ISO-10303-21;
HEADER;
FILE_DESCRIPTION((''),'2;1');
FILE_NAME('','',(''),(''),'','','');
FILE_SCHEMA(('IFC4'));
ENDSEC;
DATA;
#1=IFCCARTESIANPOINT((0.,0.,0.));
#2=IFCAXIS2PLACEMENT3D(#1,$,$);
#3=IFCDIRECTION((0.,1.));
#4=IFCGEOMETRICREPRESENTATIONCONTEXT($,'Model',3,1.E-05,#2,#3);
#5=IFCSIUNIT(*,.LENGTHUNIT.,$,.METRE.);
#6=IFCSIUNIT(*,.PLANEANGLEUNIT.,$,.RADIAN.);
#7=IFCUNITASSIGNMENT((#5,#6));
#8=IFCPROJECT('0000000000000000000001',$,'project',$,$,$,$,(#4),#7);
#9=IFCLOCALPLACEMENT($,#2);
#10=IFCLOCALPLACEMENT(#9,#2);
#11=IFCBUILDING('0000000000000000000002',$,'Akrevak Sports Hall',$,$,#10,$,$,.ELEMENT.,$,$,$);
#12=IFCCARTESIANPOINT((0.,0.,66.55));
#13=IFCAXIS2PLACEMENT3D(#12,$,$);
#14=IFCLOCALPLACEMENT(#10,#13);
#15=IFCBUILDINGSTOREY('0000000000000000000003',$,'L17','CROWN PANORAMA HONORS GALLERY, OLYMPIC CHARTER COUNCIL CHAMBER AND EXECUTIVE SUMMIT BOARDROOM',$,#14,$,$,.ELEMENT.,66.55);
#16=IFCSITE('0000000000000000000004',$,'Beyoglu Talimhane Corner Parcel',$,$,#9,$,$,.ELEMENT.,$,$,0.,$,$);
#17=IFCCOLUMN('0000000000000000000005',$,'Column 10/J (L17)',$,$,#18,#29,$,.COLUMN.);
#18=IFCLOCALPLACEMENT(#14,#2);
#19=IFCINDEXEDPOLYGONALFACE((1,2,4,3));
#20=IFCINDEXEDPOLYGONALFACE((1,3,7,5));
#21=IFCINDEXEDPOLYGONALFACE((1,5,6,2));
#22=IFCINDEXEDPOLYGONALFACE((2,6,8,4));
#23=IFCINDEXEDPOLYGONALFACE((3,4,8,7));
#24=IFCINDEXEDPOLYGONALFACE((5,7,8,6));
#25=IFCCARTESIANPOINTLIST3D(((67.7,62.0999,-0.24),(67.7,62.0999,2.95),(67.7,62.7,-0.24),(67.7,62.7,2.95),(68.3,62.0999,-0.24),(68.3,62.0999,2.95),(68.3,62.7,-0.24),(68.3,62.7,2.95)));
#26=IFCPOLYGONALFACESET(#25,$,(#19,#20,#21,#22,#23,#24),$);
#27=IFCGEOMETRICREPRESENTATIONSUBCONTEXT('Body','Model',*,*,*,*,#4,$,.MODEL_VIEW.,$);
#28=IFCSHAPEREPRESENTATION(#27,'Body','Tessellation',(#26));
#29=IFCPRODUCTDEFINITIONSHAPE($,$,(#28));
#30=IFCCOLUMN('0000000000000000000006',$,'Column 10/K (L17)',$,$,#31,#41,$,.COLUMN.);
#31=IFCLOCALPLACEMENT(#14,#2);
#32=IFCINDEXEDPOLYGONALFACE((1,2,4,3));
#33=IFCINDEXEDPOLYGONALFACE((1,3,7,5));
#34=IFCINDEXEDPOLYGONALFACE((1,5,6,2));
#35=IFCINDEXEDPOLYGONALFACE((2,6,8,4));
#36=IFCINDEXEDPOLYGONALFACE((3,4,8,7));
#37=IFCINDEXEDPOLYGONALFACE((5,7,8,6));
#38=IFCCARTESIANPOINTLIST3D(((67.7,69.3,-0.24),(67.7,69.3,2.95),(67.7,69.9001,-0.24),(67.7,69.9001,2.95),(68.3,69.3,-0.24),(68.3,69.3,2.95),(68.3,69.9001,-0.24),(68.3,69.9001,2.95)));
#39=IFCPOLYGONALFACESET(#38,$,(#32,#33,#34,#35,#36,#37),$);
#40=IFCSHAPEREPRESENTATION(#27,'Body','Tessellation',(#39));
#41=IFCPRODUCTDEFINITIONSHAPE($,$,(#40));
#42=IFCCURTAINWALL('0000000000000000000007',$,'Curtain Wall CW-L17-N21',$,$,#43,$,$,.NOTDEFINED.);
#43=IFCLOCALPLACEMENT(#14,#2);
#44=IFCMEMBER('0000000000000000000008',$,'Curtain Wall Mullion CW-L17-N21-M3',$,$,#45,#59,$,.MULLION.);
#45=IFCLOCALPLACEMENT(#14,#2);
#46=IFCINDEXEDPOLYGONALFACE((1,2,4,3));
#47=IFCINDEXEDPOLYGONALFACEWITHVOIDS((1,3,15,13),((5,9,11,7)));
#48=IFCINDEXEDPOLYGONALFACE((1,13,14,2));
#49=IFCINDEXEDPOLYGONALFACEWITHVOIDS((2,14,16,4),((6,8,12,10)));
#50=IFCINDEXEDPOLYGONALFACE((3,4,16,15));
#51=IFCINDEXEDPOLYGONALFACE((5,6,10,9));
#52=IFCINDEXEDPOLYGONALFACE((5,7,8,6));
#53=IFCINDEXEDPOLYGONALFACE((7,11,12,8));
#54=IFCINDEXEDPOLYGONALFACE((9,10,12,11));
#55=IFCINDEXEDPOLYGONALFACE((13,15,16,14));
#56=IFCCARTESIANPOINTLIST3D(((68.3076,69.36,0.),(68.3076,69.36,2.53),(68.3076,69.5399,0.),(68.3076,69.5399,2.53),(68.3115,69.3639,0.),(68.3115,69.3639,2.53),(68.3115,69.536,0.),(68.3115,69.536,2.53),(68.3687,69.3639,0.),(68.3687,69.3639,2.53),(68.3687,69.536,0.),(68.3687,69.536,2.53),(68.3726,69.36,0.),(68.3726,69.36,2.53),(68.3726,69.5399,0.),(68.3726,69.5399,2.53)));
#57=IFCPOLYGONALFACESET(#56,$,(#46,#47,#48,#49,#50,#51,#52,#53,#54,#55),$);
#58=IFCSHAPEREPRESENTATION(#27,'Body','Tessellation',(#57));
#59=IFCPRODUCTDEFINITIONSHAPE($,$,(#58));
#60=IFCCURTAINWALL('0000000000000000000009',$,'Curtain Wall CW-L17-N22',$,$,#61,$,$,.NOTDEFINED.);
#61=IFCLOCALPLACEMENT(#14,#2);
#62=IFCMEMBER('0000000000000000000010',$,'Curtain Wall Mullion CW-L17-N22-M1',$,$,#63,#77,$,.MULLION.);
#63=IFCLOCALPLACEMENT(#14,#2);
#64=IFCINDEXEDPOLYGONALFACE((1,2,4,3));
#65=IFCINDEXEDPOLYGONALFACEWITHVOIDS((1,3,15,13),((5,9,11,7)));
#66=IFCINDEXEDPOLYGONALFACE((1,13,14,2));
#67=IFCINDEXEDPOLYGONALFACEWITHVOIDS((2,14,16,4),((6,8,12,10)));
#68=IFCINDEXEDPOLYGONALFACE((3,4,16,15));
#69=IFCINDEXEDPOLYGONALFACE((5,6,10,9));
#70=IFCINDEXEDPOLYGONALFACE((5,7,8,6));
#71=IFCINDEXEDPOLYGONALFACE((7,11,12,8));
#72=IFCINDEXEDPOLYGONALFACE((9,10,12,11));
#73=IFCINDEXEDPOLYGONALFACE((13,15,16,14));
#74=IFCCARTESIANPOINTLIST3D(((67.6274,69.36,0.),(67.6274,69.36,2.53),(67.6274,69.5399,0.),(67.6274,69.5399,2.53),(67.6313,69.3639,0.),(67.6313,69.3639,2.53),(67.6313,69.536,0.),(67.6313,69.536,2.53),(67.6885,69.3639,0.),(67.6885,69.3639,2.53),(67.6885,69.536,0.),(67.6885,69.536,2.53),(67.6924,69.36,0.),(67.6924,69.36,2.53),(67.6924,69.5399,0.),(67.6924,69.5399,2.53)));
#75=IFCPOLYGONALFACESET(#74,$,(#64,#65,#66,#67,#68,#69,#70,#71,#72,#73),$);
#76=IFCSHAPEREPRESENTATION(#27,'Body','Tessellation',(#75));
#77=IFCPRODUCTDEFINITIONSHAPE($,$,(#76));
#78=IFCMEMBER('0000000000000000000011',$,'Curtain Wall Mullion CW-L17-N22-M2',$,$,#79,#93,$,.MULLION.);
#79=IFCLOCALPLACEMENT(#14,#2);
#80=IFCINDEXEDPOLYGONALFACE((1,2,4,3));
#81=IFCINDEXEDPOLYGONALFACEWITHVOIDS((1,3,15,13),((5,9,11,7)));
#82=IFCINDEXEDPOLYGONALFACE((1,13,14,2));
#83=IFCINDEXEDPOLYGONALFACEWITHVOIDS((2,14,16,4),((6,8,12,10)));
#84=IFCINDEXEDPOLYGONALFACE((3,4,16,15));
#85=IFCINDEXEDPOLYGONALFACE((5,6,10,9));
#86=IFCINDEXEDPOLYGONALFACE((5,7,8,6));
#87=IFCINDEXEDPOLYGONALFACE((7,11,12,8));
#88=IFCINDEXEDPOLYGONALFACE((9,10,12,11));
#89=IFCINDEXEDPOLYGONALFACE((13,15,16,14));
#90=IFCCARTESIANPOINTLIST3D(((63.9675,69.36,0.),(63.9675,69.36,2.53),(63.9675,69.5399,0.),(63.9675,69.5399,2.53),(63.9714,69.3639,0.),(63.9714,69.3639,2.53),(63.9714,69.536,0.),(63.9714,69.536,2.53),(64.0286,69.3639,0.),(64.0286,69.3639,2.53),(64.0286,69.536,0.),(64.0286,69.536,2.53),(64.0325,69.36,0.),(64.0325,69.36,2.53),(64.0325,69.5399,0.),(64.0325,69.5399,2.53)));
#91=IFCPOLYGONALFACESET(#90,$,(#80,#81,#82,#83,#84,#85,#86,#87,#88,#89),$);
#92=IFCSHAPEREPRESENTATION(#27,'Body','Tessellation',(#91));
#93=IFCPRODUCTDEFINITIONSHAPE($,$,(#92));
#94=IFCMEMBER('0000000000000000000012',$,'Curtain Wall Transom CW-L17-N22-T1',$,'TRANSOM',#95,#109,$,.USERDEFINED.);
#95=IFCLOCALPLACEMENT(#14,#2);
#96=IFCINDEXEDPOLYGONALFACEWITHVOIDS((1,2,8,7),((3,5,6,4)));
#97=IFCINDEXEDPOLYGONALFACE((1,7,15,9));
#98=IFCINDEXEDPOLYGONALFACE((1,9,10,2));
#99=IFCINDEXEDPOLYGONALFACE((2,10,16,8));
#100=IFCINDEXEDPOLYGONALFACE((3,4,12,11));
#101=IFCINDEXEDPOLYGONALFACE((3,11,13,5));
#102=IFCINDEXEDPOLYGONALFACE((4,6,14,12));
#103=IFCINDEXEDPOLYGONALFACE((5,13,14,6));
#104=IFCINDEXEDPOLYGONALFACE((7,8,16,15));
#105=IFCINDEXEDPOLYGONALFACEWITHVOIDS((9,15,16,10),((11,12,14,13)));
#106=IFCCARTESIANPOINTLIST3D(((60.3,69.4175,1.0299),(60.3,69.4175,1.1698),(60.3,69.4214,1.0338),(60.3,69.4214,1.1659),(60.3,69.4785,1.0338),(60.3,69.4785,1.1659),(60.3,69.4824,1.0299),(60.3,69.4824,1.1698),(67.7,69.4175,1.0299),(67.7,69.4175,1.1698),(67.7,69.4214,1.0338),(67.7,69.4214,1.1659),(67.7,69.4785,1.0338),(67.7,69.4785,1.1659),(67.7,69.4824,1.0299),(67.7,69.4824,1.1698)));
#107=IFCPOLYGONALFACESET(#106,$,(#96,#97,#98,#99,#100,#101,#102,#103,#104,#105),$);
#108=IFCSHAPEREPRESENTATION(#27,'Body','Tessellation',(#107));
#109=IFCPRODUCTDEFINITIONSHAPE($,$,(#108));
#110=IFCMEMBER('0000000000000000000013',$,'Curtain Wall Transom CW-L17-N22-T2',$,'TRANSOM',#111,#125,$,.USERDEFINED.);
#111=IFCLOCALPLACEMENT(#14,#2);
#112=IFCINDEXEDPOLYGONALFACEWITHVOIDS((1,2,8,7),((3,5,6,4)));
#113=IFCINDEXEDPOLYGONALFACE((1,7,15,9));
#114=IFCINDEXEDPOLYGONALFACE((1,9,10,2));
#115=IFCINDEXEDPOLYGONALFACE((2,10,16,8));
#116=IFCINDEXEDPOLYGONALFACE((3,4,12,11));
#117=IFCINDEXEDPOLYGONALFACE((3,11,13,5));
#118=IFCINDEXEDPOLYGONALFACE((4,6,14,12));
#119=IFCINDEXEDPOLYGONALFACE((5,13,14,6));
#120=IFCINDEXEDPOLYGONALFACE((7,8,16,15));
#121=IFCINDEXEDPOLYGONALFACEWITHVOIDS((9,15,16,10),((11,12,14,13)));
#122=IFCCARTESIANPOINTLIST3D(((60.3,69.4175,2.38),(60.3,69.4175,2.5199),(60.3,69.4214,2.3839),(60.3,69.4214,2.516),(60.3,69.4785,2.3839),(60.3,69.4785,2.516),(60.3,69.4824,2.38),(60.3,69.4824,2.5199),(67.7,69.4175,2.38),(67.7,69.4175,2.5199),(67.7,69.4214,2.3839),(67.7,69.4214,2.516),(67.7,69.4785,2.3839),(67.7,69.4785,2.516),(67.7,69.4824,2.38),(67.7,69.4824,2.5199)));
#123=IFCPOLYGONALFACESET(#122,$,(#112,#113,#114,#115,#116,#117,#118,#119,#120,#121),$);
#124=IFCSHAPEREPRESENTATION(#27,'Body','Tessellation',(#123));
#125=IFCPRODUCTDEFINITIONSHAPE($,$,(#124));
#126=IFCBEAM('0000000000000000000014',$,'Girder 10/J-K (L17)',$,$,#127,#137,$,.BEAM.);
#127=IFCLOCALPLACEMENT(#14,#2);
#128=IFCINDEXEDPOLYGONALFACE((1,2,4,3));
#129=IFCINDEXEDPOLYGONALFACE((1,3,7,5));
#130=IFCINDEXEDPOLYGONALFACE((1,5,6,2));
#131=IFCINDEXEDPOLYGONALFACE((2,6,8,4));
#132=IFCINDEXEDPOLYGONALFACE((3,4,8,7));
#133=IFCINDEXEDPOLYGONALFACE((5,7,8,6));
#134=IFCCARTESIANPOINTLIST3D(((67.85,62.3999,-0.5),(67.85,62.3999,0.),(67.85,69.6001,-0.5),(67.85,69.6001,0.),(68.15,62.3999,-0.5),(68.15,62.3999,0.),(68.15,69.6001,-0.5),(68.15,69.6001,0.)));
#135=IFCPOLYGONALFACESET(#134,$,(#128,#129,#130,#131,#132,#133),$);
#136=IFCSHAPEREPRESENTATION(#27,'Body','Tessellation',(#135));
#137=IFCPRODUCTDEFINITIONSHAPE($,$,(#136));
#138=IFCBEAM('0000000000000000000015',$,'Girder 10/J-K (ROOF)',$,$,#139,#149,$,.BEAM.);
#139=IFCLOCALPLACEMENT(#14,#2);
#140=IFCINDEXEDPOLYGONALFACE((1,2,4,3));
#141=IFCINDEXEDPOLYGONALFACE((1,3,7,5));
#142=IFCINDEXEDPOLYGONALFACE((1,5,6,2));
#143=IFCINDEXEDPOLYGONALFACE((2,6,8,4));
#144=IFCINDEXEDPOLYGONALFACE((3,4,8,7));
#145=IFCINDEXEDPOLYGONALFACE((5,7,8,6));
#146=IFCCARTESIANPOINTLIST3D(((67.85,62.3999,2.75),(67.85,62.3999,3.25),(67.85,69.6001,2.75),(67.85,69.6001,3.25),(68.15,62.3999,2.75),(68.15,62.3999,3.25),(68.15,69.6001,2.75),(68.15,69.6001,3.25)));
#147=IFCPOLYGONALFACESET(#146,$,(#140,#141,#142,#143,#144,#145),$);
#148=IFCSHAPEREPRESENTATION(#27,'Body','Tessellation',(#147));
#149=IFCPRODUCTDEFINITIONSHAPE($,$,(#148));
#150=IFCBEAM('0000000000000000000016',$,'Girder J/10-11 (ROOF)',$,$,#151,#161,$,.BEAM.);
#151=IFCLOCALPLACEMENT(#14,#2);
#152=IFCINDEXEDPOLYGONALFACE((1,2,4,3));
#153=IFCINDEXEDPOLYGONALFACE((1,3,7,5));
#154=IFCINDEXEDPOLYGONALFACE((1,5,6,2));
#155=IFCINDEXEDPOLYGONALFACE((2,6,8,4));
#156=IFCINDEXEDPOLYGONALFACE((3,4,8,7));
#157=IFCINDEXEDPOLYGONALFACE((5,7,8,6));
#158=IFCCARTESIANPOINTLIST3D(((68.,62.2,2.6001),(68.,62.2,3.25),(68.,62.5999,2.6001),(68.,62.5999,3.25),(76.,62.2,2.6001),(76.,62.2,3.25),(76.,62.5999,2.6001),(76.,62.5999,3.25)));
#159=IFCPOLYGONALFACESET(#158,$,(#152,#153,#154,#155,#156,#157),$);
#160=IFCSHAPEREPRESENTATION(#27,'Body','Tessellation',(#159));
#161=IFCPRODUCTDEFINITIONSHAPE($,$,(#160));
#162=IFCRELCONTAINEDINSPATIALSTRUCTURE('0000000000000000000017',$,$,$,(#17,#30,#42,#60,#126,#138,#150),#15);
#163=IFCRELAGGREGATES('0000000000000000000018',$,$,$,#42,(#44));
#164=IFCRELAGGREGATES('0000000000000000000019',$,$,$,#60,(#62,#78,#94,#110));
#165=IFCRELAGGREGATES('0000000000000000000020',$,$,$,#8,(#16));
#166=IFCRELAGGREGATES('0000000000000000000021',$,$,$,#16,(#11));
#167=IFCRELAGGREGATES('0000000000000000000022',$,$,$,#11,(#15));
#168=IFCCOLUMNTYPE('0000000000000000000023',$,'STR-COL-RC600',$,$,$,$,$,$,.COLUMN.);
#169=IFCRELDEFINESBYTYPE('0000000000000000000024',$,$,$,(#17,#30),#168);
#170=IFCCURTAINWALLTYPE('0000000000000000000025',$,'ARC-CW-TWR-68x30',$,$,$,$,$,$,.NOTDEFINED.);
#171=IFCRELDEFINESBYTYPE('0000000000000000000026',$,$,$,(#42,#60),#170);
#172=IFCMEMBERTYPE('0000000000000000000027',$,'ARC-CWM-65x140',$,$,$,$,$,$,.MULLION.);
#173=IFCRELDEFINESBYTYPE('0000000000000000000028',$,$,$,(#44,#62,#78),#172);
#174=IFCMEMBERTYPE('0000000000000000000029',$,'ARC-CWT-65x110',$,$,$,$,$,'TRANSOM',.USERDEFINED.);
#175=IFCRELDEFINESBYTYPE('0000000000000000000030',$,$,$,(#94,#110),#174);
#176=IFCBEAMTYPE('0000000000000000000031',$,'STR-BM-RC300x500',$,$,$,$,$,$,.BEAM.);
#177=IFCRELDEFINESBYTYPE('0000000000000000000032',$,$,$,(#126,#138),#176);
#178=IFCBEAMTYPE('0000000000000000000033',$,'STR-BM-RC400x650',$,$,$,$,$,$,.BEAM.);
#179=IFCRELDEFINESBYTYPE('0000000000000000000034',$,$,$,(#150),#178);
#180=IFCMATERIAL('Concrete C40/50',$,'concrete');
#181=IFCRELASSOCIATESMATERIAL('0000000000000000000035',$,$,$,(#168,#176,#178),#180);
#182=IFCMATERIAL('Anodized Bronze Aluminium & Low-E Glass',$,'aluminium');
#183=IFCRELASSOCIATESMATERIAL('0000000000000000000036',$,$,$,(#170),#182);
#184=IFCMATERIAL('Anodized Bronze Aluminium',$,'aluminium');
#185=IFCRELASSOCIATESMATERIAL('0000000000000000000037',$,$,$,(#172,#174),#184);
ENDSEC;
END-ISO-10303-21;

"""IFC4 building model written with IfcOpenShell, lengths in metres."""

from ifc_helpers import new_model, si_unit, direction, frame, origin, origin_2d, place, context, subcontext, project, spatial, rectangle, hollow_rectangle, extrude, material, material_profile, profile_set, type_object, element, aggregate, save


model = new_model("IFC4")

# Units and contexts
model_context = context("Model", 3, precision=1e-05, world=origin(), true_north=direction((0.0, 1.0)))
body_context = subcontext(model_context, "Body", "Model", "MODEL_VIEW")
ifc_project = project(units=[si_unit("LENGTHUNIT", "METRE"), si_unit("PLANEANGLEUNIT", "RADIAN")], contexts=[model_context])

# Site, building, storey
site_placement = place(None, origin())
site = spatial("IfcSite", under=ifc_project, at=site_placement, Name="Beyoglu Talimhane Corner Parcel", CompositionType="ELEMENT", RefElevation=0.0)
building_placement = place(site_placement, origin())
building = spatial("IfcBuilding", under=site, at=building_placement, Name="Akrevak Sports Hall", CompositionType="ELEMENT")
storey_placement = place(building_placement, frame((0.0, 0.0, 66.55)))
storey = spatial("IfcBuildingStorey", under=building, at=storey_placement, Name="L17", Description="CROWN PANORAMA HONORS GALLERY, OLYMPIC CHARTER COUNCIL CHAMBER AND EXECUTIVE SUMMIT BOARDROOM", CompositionType="ELEMENT", Elevation=66.55)

# Columns
ifc_material_1 = material(Name="Concrete C40/50", Category="concrete")
ifc_material_profile_1 = material_profile(ifc_material_1, rectangle(XDim=0.6001, YDim=0.6001, at=origin_2d()), Name="RC 600x600", Category="concrete")
ifc_profile_set_1 = profile_set([ifc_material_profile_1], Name="Concrete C40/50")
column_type = type_object("IfcColumnType", Name="STR-COL-RC600", PredefinedType="COLUMN", material=ifc_profile_set_1)
for number, where, z_axis, x_axis, name in (
    (1, (68.0, 62.3999, -0.24), (0.0, 0.0, 1.0), (1.0, 0.0, 0.0), "Column 10/J (L17)"),
    (2, (68.0, 69.6001, -0.24), (0.0, 0.0, 1.0), (1.0, 0.0, 0.0), "Column 10/K (L17)"),
):
    element("IfcColumn", number, at=place(storey_placement, frame(where, z_axis=z_axis, x_axis=x_axis)), inside=storey, type_object=column_type, Name=name, PredefinedType="COLUMN", context=body_context, shape_type="SweptSolid", body=[
        extrude(rectangle(XDim=0.6001, YDim=0.6001, at=origin_2d()), origin(), (0.0, 0.0, 1.0), 3.1899),
    ])

# Curtain wall, member
ifc_material_2 = material(Name="Anodized Bronze Aluminium & Low-E Glass", Category="aluminium")
curtain_wall_type = type_object("IfcCurtainWallType", Name="ARC-CW-TWR-68x30", PredefinedType="NOTDEFINED", material=ifc_material_2)
curtain_wall_1_placement = place(storey_placement, origin())
curtain_wall_1 = element("IfcCurtainWall", 3, at=curtain_wall_1_placement, inside=storey, type_object=curtain_wall_type, Name="Curtain Wall CW-L17-N21", PredefinedType="NOTDEFINED")
ifc_material_3 = material(Name="Anodized Bronze Aluminium", Category="aluminium")
ifc_material_profile_2 = material_profile(ifc_material_3, hollow_rectangle(XDim=0.0649, YDim=0.1799, WallThickness=0.0039, at=origin_2d()), Name="CWM 65x180", Category="aluminium")
ifc_profile_set_2 = profile_set([ifc_material_profile_2], Name="Anodized Bronze Aluminium")
member_type_1 = type_object("IfcMemberType", Name="ARC-CWM-65x140", PredefinedType="MULLION", material=ifc_profile_set_2)
member_1_placement = place(storey_placement, frame((68.3401, 69.45, 0.0), z_axis=(0.0, 0.0, 1.0), x_axis=(-1.0, 0.0, 0.0)))
member_1 = element("IfcMember", 4, at=member_1_placement, type_object=member_type_1, Name="Curtain Wall Mullion CW-L17-N21-M3", PredefinedType="MULLION", context=body_context, shape_type="SweptSolid", body=[
    extrude(hollow_rectangle(XDim=0.0649, YDim=0.1799, WallThickness=0.0039, at=origin_2d()), origin(), (0.0, 0.0, 1.0), 2.53),
])
aggregate(curtain_wall_1, [member_1])

# Curtain wall, members
curtain_wall_2_placement = place(storey_placement, origin())
curtain_wall_2 = element("IfcCurtainWall", 5, at=curtain_wall_2_placement, inside=storey, type_object=curtain_wall_type, Name="Curtain Wall CW-L17-N22", PredefinedType="NOTDEFINED")
member_2_placement = place(storey_placement, frame((67.6599, 69.45, 0.0), z_axis=(0.0, 0.0, 1.0), x_axis=(-1.0, 0.0, 0.0)))
member_2 = element("IfcMember", 6, at=member_2_placement, type_object=member_type_1, Name="Curtain Wall Mullion CW-L17-N22-M1", PredefinedType="MULLION", context=body_context, shape_type="SweptSolid", body=[
    extrude(hollow_rectangle(XDim=0.0649, YDim=0.1799, WallThickness=0.0039, at=origin_2d()), origin(), (0.0, 0.0, 1.0), 2.53),
])
member_3_placement = place(storey_placement, frame((64.0, 69.45, 0.0), z_axis=(0.0, 0.0, 1.0), x_axis=(-1.0, 0.0, 0.0)))
member_3 = element("IfcMember", 7, at=member_3_placement, type_object=member_type_1, Name="Curtain Wall Mullion CW-L17-N22-M2", PredefinedType="MULLION", context=body_context, shape_type="SweptSolid", body=[
    extrude(hollow_rectangle(XDim=0.0649, YDim=0.1799, WallThickness=0.0039, at=origin_2d()), origin(), (0.0, 0.0, 1.0), 2.53),
])
ifc_material_profile_3 = material_profile(ifc_material_3, hollow_rectangle(XDim=0.0649, YDim=0.1399, WallThickness=0.0039, at=origin_2d()), Name="CWT 65x140", Category="aluminium")
ifc_profile_set_3 = profile_set([ifc_material_profile_3], Name="Anodized Bronze Aluminium")
member_type_2 = type_object("IfcMemberType", Name="ARC-CWT-65x110", ElementType="TRANSOM", PredefinedType="USERDEFINED", material=ifc_profile_set_3)
member_4_placement = place(storey_placement, frame((67.7, 69.45, 1.0999), z_axis=(-1.0, 0.0, 0.0), x_axis=(0.0, -1.0, 0.0)))
member_4 = element("IfcMember", 8, at=member_4_placement, type_object=member_type_2, Name="Curtain Wall Transom CW-L17-N22-T1", ObjectType="TRANSOM", PredefinedType="USERDEFINED", context=body_context, shape_type="SweptSolid", body=[
    extrude(hollow_rectangle(XDim=0.0649, YDim=0.1399, WallThickness=0.0039, at=origin_2d()), origin(), (0.0, 0.0, 1.0), 7.3999),
])
member_5_placement = place(storey_placement, frame((67.7, 69.45, 2.45), z_axis=(-1.0, 0.0, 0.0), x_axis=(0.0, -1.0, 0.0)))
member_5 = element("IfcMember", 9, at=member_5_placement, type_object=member_type_2, Name="Curtain Wall Transom CW-L17-N22-T2", ObjectType="TRANSOM", PredefinedType="USERDEFINED", context=body_context, shape_type="SweptSolid", body=[
    extrude(hollow_rectangle(XDim=0.0649, YDim=0.1399, WallThickness=0.0039, at=origin_2d()), origin(), (0.0, 0.0, 1.0), 7.3999),
])

# Beams
ifc_material_profile_4 = material_profile(ifc_material_1, rectangle(XDim=0.3, YDim=0.5, at=origin_2d()), Name="BM 300x500", Category="concrete")
ifc_profile_set_4 = profile_set([ifc_material_profile_4], Name="Concrete C40/50")
beam_type_1 = type_object("IfcBeamType", Name="STR-BM-RC300x500", PredefinedType="BEAM", material=ifc_profile_set_4)
for number, where, z_axis, x_axis, name in (
    (10, (68.0, 62.3999, -0.25), (0.0, 1.0, 0.0), (-1.0, 0.0, 0.0), "Girder 10/J-K (L17)"),
    (11, (68.0, 62.3999, 3.0), (0.0, 1.0, 0.0), (-1.0, 0.0, 0.0), "Girder 10/J-K (ROOF)"),
):
    element("IfcBeam", number, at=place(storey_placement, frame(where, z_axis=z_axis, x_axis=x_axis)), inside=storey, type_object=beam_type_1, Name=name, PredefinedType="BEAM", context=body_context, shape_type="SweptSolid", body=[
        extrude(rectangle(XDim=0.3, YDim=0.5, at=origin_2d()), origin(), (0.0, 0.0, 1.0), 7.2002),
    ])
ifc_material_profile_5 = material_profile(ifc_material_1, rectangle(XDim=0.3999, YDim=0.6499, at=origin_2d()), Name="BM 400x650", Category="concrete")
ifc_profile_set_5 = profile_set([ifc_material_profile_5], Name="Concrete C40/50")
beam_type_2 = type_object("IfcBeamType", Name="STR-BM-RC400x650", PredefinedType="BEAM", material=ifc_profile_set_5)
beam_placement = place(storey_placement, frame((68.0, 62.3999, 2.925), z_axis=(1.0, 0.0, 0.0), x_axis=(0.0, 1.0, 0.0)))
element("IfcBeam", 12, at=beam_placement, inside=storey, type_object=beam_type_2, Name="Girder J/10-11 (ROOF)", PredefinedType="BEAM", context=body_context, shape_type="SweptSolid", body=[
    extrude(rectangle(XDim=0.3999, YDim=0.6499, at=origin_2d()), origin(), (0.0, 0.0, 1.0), 8.0),
])

aggregate(curtain_wall_2, [member_2, member_3, member_4, member_5])

save(model, "model.ifc")
